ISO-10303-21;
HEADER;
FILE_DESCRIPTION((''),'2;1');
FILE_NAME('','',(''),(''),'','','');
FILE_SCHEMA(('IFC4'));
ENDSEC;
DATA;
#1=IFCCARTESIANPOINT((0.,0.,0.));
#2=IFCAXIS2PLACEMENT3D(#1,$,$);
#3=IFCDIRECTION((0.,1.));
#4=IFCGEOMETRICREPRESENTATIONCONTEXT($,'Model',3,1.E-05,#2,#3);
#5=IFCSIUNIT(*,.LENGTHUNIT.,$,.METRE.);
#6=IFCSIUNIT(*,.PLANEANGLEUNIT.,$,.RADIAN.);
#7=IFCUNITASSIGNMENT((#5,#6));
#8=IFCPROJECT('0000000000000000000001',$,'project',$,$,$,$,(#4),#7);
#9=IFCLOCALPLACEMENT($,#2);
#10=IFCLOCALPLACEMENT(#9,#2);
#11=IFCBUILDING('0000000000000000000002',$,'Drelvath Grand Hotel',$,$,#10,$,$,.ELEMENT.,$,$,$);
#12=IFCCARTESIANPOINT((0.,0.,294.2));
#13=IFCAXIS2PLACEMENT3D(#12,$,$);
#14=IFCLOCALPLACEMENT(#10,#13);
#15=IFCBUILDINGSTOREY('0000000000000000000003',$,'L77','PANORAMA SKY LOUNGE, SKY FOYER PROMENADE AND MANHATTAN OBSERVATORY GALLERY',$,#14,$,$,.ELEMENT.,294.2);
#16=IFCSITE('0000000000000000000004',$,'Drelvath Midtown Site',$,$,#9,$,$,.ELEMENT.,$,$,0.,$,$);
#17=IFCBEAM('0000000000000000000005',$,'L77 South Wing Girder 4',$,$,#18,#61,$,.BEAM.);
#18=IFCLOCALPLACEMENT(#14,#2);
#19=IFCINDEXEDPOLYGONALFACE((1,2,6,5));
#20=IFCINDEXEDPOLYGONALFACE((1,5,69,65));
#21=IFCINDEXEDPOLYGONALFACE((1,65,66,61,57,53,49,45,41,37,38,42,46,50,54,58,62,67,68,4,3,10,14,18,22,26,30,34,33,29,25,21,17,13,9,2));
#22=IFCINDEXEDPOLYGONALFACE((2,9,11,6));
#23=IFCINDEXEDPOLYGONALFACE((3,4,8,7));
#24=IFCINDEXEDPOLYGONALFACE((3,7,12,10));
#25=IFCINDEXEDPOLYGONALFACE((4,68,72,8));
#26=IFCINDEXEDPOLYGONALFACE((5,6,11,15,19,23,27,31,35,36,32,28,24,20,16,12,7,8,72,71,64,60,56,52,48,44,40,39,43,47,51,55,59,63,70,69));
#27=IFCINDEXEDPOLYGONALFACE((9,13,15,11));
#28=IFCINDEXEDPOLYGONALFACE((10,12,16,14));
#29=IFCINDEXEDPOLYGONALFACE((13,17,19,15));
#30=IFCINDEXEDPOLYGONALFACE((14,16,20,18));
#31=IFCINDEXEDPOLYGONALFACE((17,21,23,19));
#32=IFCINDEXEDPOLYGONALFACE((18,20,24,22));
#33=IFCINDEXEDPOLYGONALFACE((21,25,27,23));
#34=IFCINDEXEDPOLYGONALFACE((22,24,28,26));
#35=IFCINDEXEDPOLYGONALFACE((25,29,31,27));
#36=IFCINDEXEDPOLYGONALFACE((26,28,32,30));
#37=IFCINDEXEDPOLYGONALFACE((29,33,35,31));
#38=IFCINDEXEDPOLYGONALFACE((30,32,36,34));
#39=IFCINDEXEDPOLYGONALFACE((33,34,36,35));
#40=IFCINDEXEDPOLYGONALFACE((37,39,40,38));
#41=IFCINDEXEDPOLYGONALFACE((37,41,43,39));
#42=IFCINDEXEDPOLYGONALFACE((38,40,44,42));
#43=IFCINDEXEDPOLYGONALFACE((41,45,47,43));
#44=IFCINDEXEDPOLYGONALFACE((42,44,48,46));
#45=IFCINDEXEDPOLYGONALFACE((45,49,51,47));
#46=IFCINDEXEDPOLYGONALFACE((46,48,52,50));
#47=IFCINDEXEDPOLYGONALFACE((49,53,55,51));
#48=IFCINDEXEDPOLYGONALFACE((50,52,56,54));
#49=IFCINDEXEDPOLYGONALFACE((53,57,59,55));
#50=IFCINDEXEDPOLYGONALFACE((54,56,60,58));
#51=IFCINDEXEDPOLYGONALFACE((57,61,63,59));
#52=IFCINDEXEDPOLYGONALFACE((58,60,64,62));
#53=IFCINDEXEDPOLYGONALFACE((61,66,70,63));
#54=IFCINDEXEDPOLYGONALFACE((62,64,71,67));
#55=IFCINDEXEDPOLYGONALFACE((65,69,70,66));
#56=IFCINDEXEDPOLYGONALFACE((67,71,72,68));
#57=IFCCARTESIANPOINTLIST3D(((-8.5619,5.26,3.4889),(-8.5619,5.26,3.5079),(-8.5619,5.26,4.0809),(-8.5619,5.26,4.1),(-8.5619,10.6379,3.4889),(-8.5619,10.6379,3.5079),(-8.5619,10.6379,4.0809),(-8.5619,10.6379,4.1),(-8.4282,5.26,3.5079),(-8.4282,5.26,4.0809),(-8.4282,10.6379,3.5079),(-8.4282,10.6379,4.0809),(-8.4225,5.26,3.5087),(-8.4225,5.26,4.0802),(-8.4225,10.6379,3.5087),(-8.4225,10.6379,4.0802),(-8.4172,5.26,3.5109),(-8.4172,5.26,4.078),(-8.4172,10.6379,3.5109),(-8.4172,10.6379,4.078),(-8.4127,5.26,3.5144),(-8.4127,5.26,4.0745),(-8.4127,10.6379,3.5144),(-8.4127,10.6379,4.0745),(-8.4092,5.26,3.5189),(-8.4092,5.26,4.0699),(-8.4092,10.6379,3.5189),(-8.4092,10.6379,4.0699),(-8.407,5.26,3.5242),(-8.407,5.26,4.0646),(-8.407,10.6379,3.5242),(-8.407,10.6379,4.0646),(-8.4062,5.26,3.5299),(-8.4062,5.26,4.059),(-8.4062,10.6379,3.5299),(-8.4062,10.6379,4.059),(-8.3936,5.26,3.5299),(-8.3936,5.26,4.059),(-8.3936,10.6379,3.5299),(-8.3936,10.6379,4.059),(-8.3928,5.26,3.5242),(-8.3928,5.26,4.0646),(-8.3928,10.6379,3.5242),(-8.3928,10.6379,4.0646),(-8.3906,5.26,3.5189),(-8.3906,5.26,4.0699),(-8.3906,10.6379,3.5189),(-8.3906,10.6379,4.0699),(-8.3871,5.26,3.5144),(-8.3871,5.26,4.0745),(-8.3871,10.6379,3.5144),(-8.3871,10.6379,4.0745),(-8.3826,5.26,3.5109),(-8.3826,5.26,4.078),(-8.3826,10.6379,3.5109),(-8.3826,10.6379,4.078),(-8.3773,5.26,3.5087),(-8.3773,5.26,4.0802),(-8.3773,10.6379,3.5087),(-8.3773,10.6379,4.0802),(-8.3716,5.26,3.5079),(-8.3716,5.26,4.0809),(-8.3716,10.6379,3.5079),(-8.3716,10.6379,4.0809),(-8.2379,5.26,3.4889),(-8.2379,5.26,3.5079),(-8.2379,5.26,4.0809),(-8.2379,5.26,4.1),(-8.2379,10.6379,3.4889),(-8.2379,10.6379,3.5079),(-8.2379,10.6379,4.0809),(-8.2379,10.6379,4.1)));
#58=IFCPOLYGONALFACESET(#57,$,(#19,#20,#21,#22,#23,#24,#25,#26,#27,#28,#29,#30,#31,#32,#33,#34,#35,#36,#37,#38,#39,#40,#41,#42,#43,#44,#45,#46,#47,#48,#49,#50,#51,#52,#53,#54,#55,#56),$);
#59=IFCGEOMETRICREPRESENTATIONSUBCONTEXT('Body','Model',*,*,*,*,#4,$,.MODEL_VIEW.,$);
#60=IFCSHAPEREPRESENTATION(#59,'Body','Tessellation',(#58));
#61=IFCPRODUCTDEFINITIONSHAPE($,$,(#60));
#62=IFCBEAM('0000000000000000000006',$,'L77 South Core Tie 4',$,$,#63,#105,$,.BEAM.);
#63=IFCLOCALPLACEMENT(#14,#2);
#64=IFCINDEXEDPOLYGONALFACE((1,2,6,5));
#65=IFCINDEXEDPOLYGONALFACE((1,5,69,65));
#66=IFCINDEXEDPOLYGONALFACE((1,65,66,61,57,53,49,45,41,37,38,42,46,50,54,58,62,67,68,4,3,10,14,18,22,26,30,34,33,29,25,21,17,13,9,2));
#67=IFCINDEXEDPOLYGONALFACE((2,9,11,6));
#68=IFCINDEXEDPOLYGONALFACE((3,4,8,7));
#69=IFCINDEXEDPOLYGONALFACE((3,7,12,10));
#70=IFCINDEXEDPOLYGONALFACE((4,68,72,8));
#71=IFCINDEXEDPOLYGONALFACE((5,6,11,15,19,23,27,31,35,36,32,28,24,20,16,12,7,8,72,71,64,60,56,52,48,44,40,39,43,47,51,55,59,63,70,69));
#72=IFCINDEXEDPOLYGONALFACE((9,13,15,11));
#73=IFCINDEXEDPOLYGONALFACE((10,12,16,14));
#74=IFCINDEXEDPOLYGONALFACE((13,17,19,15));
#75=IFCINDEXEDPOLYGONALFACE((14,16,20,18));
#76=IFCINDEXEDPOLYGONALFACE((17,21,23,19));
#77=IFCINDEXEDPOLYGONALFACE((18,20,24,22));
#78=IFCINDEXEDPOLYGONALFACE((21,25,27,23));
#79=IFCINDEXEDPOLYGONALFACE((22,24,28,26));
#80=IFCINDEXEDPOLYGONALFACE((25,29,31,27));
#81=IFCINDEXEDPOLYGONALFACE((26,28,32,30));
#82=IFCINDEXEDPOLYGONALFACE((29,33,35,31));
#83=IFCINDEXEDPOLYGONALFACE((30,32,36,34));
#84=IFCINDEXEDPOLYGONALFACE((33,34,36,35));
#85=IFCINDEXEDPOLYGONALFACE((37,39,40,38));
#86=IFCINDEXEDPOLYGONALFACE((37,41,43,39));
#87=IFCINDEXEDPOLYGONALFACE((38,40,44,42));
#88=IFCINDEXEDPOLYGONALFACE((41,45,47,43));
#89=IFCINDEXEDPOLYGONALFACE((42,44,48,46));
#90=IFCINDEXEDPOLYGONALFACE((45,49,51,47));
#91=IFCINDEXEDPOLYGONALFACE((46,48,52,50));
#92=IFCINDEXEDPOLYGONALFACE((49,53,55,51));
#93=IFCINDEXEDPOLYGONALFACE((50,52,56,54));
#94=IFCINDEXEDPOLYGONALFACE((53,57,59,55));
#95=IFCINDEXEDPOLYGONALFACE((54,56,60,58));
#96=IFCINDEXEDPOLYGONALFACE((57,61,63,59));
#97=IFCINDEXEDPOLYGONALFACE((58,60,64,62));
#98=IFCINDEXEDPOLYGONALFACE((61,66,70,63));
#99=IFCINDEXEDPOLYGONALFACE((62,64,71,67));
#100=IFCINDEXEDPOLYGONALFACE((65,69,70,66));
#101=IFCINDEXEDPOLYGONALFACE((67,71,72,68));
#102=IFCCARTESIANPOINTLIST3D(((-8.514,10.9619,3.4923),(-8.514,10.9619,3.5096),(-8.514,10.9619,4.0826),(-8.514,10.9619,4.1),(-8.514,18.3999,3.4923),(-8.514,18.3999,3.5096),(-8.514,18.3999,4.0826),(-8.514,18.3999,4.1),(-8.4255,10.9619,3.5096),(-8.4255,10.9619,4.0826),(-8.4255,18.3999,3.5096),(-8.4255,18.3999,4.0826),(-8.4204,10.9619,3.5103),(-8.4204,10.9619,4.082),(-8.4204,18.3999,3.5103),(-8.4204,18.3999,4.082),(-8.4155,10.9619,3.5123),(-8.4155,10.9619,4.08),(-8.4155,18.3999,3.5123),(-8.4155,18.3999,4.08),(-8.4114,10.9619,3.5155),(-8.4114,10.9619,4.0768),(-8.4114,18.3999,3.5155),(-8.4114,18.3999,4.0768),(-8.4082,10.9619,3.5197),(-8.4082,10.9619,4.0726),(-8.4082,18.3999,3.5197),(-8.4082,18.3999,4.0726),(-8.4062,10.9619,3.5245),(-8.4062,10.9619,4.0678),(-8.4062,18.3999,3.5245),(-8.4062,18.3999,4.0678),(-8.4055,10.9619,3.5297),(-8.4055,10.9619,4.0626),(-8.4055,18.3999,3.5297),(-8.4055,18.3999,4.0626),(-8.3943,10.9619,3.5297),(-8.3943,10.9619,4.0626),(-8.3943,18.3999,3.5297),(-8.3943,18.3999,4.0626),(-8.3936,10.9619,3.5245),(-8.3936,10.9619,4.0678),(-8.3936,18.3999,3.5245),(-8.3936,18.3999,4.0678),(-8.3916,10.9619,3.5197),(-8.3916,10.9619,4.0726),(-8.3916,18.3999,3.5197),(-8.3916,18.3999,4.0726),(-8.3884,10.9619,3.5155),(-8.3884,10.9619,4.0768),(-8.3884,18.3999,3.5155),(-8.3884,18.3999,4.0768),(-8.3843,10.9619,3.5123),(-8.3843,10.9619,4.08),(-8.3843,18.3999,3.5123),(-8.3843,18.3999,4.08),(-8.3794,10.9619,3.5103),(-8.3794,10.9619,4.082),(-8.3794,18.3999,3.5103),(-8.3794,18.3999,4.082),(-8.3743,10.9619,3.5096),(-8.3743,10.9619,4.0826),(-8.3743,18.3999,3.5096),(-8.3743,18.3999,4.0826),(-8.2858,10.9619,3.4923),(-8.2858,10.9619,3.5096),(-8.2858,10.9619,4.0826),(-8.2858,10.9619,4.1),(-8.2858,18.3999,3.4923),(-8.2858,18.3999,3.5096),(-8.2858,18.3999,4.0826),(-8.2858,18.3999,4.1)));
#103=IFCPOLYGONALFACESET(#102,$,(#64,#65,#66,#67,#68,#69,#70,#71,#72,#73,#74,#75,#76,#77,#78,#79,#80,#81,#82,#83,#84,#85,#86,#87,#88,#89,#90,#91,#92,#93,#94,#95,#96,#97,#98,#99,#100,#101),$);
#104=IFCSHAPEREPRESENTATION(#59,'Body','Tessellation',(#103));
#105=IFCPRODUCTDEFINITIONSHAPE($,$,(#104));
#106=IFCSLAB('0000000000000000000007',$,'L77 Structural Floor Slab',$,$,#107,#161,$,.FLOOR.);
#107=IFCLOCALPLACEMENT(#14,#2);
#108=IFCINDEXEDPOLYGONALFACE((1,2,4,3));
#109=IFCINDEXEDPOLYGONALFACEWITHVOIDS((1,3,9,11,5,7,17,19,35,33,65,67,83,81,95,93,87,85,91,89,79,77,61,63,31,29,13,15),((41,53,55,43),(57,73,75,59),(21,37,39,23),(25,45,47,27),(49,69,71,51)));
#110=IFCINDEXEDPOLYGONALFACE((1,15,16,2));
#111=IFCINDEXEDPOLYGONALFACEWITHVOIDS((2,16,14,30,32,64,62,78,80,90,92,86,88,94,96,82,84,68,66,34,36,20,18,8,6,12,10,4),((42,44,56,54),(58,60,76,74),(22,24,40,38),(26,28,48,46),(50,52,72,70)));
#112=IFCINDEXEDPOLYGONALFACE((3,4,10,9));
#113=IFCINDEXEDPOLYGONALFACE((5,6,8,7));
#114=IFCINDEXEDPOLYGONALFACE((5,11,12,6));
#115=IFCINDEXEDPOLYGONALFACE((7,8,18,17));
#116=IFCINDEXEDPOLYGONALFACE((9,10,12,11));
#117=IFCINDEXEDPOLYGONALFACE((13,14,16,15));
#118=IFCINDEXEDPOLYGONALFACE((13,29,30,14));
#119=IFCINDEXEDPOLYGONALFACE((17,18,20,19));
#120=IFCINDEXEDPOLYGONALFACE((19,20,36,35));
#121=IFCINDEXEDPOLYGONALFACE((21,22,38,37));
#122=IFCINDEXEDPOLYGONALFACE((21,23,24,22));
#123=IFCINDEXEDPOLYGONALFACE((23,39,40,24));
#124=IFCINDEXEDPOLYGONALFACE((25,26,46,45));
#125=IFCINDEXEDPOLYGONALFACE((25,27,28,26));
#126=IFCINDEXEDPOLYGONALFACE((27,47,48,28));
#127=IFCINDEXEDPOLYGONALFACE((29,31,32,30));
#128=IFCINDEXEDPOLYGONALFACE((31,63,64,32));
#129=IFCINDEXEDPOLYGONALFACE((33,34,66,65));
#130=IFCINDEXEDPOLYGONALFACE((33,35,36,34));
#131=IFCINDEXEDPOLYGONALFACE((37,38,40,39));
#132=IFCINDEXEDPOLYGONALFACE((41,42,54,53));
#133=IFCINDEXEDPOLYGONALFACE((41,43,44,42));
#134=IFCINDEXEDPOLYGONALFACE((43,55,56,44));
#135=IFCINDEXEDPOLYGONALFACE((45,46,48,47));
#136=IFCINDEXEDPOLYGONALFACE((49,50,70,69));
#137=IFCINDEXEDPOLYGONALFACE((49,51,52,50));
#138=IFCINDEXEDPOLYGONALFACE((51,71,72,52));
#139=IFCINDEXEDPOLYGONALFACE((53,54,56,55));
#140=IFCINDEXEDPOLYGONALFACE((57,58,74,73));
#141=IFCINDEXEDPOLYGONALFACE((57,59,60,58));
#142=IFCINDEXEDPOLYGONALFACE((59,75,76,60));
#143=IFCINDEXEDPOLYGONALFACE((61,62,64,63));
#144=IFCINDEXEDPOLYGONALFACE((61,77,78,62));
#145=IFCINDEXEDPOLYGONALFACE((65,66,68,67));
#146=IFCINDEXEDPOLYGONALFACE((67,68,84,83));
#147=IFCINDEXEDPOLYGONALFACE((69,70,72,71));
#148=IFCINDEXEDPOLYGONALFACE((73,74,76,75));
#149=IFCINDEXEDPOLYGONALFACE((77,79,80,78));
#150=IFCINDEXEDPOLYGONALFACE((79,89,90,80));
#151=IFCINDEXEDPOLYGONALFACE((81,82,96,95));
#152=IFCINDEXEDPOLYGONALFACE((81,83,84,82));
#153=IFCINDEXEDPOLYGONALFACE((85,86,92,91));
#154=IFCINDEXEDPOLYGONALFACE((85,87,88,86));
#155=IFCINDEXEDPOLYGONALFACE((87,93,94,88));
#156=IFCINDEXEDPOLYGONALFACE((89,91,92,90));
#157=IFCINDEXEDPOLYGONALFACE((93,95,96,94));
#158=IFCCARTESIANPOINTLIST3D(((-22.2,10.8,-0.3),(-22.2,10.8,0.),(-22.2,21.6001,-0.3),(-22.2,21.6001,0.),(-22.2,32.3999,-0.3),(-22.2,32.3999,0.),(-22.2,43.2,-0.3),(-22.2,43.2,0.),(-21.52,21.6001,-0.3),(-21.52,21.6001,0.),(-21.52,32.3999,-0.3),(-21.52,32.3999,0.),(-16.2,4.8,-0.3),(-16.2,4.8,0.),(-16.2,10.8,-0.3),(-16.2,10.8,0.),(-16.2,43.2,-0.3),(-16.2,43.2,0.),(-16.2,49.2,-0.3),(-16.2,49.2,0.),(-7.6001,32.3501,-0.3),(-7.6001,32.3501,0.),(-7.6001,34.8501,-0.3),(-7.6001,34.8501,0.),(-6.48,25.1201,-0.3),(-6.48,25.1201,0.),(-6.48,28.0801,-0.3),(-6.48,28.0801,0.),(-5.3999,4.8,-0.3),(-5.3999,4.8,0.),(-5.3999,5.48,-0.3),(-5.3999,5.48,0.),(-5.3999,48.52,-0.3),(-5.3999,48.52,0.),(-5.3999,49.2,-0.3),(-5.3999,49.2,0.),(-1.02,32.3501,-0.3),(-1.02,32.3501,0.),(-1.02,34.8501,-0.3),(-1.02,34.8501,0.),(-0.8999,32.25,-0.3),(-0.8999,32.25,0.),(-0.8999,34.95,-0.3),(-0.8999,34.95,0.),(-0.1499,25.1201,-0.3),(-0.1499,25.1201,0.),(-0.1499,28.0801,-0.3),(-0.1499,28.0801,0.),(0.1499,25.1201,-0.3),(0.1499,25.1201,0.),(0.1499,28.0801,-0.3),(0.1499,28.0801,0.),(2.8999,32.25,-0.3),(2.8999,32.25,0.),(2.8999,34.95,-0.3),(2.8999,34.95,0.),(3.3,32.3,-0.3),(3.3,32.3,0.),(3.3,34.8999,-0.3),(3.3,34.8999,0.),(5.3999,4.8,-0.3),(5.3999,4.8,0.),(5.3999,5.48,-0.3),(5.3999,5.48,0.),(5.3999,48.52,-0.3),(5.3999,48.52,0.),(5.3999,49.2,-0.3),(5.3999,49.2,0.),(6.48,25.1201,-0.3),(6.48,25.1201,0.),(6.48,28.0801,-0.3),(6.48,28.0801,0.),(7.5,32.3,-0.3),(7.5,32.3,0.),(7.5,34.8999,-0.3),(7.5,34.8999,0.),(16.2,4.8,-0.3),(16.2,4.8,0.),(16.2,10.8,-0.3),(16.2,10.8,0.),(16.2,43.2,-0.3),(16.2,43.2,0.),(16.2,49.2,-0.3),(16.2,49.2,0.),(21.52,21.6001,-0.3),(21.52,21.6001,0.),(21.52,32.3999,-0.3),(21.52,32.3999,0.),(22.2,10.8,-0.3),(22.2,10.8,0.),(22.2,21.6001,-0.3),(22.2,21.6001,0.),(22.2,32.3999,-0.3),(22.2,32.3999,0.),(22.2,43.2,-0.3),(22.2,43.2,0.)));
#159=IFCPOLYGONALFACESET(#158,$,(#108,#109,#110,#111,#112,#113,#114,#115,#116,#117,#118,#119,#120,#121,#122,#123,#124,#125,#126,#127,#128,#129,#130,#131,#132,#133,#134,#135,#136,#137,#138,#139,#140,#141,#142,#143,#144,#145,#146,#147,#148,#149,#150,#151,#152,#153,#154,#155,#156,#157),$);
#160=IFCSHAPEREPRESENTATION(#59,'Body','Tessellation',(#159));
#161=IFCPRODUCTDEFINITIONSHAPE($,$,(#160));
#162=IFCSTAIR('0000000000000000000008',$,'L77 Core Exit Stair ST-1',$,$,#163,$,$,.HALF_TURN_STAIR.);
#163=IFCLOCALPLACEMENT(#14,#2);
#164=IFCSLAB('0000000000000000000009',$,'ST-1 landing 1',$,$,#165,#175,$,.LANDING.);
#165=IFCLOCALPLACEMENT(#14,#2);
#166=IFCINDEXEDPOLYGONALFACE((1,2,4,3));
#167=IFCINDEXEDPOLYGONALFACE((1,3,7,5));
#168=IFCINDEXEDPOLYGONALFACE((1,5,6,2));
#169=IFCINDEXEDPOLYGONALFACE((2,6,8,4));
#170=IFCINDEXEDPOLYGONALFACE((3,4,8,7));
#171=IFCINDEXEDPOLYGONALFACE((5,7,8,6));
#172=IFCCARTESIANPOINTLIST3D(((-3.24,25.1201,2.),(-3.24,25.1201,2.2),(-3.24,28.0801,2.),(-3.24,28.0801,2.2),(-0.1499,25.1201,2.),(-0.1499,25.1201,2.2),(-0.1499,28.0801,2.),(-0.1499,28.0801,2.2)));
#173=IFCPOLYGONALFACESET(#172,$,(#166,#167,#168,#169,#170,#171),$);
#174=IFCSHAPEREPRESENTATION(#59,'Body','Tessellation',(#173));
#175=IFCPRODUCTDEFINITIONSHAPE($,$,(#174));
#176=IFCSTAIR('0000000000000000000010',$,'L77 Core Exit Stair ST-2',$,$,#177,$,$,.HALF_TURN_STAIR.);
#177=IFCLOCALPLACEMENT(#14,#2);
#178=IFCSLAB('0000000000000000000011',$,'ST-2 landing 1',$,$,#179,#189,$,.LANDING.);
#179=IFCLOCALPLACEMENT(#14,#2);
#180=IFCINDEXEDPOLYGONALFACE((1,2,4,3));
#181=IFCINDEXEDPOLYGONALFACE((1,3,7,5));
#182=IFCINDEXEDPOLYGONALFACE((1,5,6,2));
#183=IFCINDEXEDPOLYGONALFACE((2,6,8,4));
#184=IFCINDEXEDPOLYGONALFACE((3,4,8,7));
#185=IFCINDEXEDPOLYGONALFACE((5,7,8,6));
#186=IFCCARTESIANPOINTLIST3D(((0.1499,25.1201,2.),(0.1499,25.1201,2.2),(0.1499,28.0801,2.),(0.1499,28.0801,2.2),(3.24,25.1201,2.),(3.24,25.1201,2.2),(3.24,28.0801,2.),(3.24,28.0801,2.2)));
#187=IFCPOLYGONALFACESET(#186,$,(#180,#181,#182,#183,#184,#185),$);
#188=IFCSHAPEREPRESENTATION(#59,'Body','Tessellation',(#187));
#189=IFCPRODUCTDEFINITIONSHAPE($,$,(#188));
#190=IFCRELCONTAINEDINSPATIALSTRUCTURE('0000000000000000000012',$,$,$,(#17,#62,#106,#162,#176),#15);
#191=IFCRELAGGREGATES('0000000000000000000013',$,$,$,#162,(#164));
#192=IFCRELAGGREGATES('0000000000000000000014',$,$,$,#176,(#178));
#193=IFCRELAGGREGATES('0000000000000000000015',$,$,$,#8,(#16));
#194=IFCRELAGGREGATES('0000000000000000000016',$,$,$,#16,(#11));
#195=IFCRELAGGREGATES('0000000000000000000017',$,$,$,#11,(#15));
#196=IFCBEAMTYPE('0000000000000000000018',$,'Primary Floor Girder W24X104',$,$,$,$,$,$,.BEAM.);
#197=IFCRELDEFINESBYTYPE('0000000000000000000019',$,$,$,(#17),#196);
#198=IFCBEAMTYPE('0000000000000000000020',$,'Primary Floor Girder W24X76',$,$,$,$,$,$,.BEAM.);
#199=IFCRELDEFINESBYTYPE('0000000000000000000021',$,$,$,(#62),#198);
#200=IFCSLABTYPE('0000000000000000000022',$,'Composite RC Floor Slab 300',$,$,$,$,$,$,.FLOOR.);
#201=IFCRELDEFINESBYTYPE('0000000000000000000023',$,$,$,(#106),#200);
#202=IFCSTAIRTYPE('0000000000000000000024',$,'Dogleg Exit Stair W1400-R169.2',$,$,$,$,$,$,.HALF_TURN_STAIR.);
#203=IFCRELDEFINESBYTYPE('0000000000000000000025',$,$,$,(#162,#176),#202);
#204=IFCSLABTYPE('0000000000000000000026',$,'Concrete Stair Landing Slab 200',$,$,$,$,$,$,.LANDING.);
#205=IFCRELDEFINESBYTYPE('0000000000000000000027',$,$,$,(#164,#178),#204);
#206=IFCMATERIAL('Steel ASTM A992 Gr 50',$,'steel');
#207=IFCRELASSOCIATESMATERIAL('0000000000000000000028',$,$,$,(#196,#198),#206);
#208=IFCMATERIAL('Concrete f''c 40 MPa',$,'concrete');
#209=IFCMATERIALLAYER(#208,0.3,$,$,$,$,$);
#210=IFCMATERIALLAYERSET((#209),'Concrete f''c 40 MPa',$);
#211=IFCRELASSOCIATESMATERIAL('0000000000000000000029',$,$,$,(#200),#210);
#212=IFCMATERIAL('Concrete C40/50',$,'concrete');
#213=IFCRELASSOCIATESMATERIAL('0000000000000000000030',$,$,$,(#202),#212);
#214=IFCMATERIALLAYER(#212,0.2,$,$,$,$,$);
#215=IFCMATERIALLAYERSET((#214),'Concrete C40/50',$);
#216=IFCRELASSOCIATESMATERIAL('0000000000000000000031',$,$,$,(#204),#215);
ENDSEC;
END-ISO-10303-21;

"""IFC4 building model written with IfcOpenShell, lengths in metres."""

from ifc_helpers import new_model, si_unit, direction, frame, origin, origin_2d, place, context, subcontext, project, spatial, polyline, i_section, outline, extrude, material, layer, layer_set, material_profile, profile_set, type_object, element, aggregate, save


model = new_model("IFC4")

# Units and contexts
model_context = context("Model", 3, precision=1e-05, world=origin(), true_north=direction((0.0, 1.0)))
body_context = subcontext(model_context, "Body", "Model", "MODEL_VIEW")
ifc_project = project(units=[si_unit("LENGTHUNIT", "METRE"), si_unit("PLANEANGLEUNIT", "RADIAN")], contexts=[model_context])

# Site, building, storey
site_placement = place(None, origin())
site = spatial("IfcSite", under=ifc_project, at=site_placement, Name="Drelvath Midtown Site", CompositionType="ELEMENT", RefElevation=0.0)
building_placement = place(site_placement, origin())
building = spatial("IfcBuilding", under=site, at=building_placement, Name="Drelvath Grand Hotel", CompositionType="ELEMENT")
storey_placement = place(building_placement, frame((0.0, 0.0, 294.2)))
storey = spatial("IfcBuildingStorey", under=building, at=storey_placement, Name="L77", Description="PANORAMA SKY LOUNGE, SKY FOYER PROMENADE AND MANHATTAN OBSERVATORY GALLERY", CompositionType="ELEMENT", Elevation=294.2)

# Shared definitions
ifc_material_1 = material(Name="Steel ASTM A992 Gr 50", Category="steel")

# Beams
ifc_material_profile_1 = material_profile(ifc_material_1, i_section(OverallWidth=0.324, OverallDepth=0.6111, WebThickness=0.0127, FlangeThickness=0.019, FilletRadius=0.022, at=origin_2d()), Name="W24X104")
ifc_profile_set_1 = profile_set([ifc_material_profile_1], Name="Steel ASTM A992 Gr 50")
beam_type_1 = type_object("IfcBeamType", Name="Primary Floor Girder W24X104", PredefinedType="BEAM", material=ifc_profile_set_1)
beam_1_placement = place(storey_placement, frame((-8.3999, 5.26, 3.7944), z_axis=(0.0, 1.0, 0.0), x_axis=(-1.0, 0.0, 0.0)))
element("IfcBeam", 1, at=beam_1_placement, inside=storey, type_object=beam_type_1, Name="L77 South Wing Girder 4", PredefinedType="BEAM", context=body_context, shape_type="SweptSolid", body=[
    extrude(i_section(OverallWidth=0.324, OverallDepth=0.6111, WebThickness=0.0127, FlangeThickness=0.019, FilletRadius=0.022, at=origin_2d()), origin(), (0.0, 0.0, 1.0), 5.3779),
])
ifc_material_profile_2 = material_profile(ifc_material_1, i_section(OverallWidth=0.2283, OverallDepth=0.6077, WebThickness=0.0112, FlangeThickness=0.0173, FilletRadius=0.02, at=origin_2d()), Name="W24X76")
ifc_profile_set_2 = profile_set([ifc_material_profile_2], Name="Steel ASTM A992 Gr 50")
beam_type_2 = type_object("IfcBeamType", Name="Primary Floor Girder W24X76", PredefinedType="BEAM", material=ifc_profile_set_2)
beam_2_placement = place(storey_placement, frame((-8.3999, 10.9619, 3.7961), z_axis=(0.0, 1.0, 0.0), x_axis=(-1.0, 0.0, 0.0)))
element("IfcBeam", 2, at=beam_2_placement, inside=storey, type_object=beam_type_2, Name="L77 South Core Tie 4", PredefinedType="BEAM", context=body_context, shape_type="SweptSolid", body=[
    extrude(i_section(OverallWidth=0.2283, OverallDepth=0.6077, WebThickness=0.0112, FlangeThickness=0.0173, FilletRadius=0.02, at=origin_2d()), origin(), (0.0, 0.0, 1.0), 7.438),
])

# Slab
ifc_material_2 = material(Name="Concrete f'c 40 MPa", Category="concrete")
ifc_layer_1 = layer(ifc_material_2, 0.3)
ifc_layer_set_1 = layer_set([ifc_layer_1], Name="Concrete f'c 40 MPa")
slab_type_1 = type_object("IfcSlabType", Name="Composite RC Floor Slab 300", PredefinedType="FLOOR", material=ifc_layer_set_1)
slab_1_placement = place(storey_placement, frame((0.0, 0.0, -0.3)))
element("IfcSlab", 3, at=slab_1_placement, inside=storey, type_object=slab_type_1, Name="L77 Structural Floor Slab", PredefinedType="FLOOR", context=body_context, shape_type="SweptSolid", body=[
    extrude(outline(polyline([(-16.2, 4.8), (-5.3999, 4.8), (-5.3999, 5.48), (5.3999, 5.48), (5.3999, 4.8), (16.2, 4.8), (16.2, 10.8), (22.2, 10.8), (22.2, 21.6001), (21.52, 21.6001), (21.52, 32.3999), (22.2, 32.3999), (22.2, 43.2), (16.2, 43.2), (16.2, 49.2), (5.3999, 49.2), (5.3999, 48.52), (-5.3999, 48.52), (-5.3999, 49.2), (-16.2, 49.2), (-16.2, 43.2), (-22.2, 43.2), (-22.2, 32.3999), (-21.52, 32.3999), (-21.52, 21.6001), (-22.2, 21.6001), (-22.2, 10.8), (-16.2, 10.8), (-16.2, 4.8)]), holes=[polyline([(-6.48, 25.1201), (-6.48, 28.0801), (-0.1499, 28.0801), (-0.1499, 25.1201), (-6.48, 25.1201)]), polyline([(0.1499, 25.1201), (0.1499, 28.0801), (6.48, 28.0801), (6.48, 25.1201), (0.1499, 25.1201)]), polyline([(-7.6001, 32.3501), (-7.6001, 34.8501), (-1.02, 34.8501), (-1.02, 32.3501), (-7.6001, 32.3501)]), polyline([(-0.8999, 32.25), (-0.8999, 34.95), (2.8999, 34.95), (2.8999, 32.25), (-0.8999, 32.25)]), polyline([(3.3, 32.3), (3.3, 34.8999), (7.5, 34.8999), (7.5, 32.3), (3.3, 32.3)])]), origin(), (0.0, 0.0, 1.0), 0.3),
])

# Stairs, slabs
ifc_material_3 = material(Name="Concrete C40/50", Category="concrete")
stair_type = type_object("IfcStairType", Name="Dogleg Exit Stair W1400-R169.2", PredefinedType="HALF_TURN_STAIR", material=ifc_material_3)
stair_1_placement = place(storey_placement, origin())
stair_1 = element("IfcStair", 4, at=stair_1_placement, inside=storey, type_object=stair_type, Name="L77 Core Exit Stair ST-1", PredefinedType="HALF_TURN_STAIR")
ifc_layer_2 = layer(ifc_material_3, 0.2)
ifc_layer_set_2 = layer_set([ifc_layer_2], Name="Concrete C40/50")
slab_type_2 = type_object("IfcSlabType", Name="Concrete Stair Landing Slab 200", PredefinedType="LANDING", material=ifc_layer_set_2)
slab_2_placement = place(storey_placement, frame((0.0, 0.0, 2.0)))
slab_2 = element("IfcSlab", 5, at=slab_2_placement, type_object=slab_type_2, Name="ST-1 landing 1", PredefinedType="LANDING", context=body_context, shape_type="SweptSolid", body=[
    extrude(outline(polyline([(-3.24, 25.1201), (-0.1499, 25.1201), (-0.1499, 28.0801), (-3.24, 28.0801), (-3.24, 25.1201)])), origin(), (0.0, 0.0, 1.0), 0.2),
])
aggregate(stair_1, [slab_2])
stair_2_placement = place(storey_placement, origin())
stair_2 = element("IfcStair", 6, at=stair_2_placement, inside=storey, type_object=stair_type, Name="L77 Core Exit Stair ST-2", PredefinedType="HALF_TURN_STAIR")
slab_3_placement = place(storey_placement, frame((0.0, 0.0, 2.0)))
slab_3 = element("IfcSlab", 7, at=slab_3_placement, type_object=slab_type_2, Name="ST-2 landing 1", PredefinedType="LANDING", context=body_context, shape_type="SweptSolid", body=[
    extrude(outline(polyline([(3.24, 28.0801), (0.1499, 28.0801), (0.1499, 25.1201), (3.24, 25.1201), (3.24, 28.0801)])), origin(), (0.0, 0.0, 1.0), 0.2),
])
aggregate(stair_2, [slab_3])

save(model, "model.ifc")
